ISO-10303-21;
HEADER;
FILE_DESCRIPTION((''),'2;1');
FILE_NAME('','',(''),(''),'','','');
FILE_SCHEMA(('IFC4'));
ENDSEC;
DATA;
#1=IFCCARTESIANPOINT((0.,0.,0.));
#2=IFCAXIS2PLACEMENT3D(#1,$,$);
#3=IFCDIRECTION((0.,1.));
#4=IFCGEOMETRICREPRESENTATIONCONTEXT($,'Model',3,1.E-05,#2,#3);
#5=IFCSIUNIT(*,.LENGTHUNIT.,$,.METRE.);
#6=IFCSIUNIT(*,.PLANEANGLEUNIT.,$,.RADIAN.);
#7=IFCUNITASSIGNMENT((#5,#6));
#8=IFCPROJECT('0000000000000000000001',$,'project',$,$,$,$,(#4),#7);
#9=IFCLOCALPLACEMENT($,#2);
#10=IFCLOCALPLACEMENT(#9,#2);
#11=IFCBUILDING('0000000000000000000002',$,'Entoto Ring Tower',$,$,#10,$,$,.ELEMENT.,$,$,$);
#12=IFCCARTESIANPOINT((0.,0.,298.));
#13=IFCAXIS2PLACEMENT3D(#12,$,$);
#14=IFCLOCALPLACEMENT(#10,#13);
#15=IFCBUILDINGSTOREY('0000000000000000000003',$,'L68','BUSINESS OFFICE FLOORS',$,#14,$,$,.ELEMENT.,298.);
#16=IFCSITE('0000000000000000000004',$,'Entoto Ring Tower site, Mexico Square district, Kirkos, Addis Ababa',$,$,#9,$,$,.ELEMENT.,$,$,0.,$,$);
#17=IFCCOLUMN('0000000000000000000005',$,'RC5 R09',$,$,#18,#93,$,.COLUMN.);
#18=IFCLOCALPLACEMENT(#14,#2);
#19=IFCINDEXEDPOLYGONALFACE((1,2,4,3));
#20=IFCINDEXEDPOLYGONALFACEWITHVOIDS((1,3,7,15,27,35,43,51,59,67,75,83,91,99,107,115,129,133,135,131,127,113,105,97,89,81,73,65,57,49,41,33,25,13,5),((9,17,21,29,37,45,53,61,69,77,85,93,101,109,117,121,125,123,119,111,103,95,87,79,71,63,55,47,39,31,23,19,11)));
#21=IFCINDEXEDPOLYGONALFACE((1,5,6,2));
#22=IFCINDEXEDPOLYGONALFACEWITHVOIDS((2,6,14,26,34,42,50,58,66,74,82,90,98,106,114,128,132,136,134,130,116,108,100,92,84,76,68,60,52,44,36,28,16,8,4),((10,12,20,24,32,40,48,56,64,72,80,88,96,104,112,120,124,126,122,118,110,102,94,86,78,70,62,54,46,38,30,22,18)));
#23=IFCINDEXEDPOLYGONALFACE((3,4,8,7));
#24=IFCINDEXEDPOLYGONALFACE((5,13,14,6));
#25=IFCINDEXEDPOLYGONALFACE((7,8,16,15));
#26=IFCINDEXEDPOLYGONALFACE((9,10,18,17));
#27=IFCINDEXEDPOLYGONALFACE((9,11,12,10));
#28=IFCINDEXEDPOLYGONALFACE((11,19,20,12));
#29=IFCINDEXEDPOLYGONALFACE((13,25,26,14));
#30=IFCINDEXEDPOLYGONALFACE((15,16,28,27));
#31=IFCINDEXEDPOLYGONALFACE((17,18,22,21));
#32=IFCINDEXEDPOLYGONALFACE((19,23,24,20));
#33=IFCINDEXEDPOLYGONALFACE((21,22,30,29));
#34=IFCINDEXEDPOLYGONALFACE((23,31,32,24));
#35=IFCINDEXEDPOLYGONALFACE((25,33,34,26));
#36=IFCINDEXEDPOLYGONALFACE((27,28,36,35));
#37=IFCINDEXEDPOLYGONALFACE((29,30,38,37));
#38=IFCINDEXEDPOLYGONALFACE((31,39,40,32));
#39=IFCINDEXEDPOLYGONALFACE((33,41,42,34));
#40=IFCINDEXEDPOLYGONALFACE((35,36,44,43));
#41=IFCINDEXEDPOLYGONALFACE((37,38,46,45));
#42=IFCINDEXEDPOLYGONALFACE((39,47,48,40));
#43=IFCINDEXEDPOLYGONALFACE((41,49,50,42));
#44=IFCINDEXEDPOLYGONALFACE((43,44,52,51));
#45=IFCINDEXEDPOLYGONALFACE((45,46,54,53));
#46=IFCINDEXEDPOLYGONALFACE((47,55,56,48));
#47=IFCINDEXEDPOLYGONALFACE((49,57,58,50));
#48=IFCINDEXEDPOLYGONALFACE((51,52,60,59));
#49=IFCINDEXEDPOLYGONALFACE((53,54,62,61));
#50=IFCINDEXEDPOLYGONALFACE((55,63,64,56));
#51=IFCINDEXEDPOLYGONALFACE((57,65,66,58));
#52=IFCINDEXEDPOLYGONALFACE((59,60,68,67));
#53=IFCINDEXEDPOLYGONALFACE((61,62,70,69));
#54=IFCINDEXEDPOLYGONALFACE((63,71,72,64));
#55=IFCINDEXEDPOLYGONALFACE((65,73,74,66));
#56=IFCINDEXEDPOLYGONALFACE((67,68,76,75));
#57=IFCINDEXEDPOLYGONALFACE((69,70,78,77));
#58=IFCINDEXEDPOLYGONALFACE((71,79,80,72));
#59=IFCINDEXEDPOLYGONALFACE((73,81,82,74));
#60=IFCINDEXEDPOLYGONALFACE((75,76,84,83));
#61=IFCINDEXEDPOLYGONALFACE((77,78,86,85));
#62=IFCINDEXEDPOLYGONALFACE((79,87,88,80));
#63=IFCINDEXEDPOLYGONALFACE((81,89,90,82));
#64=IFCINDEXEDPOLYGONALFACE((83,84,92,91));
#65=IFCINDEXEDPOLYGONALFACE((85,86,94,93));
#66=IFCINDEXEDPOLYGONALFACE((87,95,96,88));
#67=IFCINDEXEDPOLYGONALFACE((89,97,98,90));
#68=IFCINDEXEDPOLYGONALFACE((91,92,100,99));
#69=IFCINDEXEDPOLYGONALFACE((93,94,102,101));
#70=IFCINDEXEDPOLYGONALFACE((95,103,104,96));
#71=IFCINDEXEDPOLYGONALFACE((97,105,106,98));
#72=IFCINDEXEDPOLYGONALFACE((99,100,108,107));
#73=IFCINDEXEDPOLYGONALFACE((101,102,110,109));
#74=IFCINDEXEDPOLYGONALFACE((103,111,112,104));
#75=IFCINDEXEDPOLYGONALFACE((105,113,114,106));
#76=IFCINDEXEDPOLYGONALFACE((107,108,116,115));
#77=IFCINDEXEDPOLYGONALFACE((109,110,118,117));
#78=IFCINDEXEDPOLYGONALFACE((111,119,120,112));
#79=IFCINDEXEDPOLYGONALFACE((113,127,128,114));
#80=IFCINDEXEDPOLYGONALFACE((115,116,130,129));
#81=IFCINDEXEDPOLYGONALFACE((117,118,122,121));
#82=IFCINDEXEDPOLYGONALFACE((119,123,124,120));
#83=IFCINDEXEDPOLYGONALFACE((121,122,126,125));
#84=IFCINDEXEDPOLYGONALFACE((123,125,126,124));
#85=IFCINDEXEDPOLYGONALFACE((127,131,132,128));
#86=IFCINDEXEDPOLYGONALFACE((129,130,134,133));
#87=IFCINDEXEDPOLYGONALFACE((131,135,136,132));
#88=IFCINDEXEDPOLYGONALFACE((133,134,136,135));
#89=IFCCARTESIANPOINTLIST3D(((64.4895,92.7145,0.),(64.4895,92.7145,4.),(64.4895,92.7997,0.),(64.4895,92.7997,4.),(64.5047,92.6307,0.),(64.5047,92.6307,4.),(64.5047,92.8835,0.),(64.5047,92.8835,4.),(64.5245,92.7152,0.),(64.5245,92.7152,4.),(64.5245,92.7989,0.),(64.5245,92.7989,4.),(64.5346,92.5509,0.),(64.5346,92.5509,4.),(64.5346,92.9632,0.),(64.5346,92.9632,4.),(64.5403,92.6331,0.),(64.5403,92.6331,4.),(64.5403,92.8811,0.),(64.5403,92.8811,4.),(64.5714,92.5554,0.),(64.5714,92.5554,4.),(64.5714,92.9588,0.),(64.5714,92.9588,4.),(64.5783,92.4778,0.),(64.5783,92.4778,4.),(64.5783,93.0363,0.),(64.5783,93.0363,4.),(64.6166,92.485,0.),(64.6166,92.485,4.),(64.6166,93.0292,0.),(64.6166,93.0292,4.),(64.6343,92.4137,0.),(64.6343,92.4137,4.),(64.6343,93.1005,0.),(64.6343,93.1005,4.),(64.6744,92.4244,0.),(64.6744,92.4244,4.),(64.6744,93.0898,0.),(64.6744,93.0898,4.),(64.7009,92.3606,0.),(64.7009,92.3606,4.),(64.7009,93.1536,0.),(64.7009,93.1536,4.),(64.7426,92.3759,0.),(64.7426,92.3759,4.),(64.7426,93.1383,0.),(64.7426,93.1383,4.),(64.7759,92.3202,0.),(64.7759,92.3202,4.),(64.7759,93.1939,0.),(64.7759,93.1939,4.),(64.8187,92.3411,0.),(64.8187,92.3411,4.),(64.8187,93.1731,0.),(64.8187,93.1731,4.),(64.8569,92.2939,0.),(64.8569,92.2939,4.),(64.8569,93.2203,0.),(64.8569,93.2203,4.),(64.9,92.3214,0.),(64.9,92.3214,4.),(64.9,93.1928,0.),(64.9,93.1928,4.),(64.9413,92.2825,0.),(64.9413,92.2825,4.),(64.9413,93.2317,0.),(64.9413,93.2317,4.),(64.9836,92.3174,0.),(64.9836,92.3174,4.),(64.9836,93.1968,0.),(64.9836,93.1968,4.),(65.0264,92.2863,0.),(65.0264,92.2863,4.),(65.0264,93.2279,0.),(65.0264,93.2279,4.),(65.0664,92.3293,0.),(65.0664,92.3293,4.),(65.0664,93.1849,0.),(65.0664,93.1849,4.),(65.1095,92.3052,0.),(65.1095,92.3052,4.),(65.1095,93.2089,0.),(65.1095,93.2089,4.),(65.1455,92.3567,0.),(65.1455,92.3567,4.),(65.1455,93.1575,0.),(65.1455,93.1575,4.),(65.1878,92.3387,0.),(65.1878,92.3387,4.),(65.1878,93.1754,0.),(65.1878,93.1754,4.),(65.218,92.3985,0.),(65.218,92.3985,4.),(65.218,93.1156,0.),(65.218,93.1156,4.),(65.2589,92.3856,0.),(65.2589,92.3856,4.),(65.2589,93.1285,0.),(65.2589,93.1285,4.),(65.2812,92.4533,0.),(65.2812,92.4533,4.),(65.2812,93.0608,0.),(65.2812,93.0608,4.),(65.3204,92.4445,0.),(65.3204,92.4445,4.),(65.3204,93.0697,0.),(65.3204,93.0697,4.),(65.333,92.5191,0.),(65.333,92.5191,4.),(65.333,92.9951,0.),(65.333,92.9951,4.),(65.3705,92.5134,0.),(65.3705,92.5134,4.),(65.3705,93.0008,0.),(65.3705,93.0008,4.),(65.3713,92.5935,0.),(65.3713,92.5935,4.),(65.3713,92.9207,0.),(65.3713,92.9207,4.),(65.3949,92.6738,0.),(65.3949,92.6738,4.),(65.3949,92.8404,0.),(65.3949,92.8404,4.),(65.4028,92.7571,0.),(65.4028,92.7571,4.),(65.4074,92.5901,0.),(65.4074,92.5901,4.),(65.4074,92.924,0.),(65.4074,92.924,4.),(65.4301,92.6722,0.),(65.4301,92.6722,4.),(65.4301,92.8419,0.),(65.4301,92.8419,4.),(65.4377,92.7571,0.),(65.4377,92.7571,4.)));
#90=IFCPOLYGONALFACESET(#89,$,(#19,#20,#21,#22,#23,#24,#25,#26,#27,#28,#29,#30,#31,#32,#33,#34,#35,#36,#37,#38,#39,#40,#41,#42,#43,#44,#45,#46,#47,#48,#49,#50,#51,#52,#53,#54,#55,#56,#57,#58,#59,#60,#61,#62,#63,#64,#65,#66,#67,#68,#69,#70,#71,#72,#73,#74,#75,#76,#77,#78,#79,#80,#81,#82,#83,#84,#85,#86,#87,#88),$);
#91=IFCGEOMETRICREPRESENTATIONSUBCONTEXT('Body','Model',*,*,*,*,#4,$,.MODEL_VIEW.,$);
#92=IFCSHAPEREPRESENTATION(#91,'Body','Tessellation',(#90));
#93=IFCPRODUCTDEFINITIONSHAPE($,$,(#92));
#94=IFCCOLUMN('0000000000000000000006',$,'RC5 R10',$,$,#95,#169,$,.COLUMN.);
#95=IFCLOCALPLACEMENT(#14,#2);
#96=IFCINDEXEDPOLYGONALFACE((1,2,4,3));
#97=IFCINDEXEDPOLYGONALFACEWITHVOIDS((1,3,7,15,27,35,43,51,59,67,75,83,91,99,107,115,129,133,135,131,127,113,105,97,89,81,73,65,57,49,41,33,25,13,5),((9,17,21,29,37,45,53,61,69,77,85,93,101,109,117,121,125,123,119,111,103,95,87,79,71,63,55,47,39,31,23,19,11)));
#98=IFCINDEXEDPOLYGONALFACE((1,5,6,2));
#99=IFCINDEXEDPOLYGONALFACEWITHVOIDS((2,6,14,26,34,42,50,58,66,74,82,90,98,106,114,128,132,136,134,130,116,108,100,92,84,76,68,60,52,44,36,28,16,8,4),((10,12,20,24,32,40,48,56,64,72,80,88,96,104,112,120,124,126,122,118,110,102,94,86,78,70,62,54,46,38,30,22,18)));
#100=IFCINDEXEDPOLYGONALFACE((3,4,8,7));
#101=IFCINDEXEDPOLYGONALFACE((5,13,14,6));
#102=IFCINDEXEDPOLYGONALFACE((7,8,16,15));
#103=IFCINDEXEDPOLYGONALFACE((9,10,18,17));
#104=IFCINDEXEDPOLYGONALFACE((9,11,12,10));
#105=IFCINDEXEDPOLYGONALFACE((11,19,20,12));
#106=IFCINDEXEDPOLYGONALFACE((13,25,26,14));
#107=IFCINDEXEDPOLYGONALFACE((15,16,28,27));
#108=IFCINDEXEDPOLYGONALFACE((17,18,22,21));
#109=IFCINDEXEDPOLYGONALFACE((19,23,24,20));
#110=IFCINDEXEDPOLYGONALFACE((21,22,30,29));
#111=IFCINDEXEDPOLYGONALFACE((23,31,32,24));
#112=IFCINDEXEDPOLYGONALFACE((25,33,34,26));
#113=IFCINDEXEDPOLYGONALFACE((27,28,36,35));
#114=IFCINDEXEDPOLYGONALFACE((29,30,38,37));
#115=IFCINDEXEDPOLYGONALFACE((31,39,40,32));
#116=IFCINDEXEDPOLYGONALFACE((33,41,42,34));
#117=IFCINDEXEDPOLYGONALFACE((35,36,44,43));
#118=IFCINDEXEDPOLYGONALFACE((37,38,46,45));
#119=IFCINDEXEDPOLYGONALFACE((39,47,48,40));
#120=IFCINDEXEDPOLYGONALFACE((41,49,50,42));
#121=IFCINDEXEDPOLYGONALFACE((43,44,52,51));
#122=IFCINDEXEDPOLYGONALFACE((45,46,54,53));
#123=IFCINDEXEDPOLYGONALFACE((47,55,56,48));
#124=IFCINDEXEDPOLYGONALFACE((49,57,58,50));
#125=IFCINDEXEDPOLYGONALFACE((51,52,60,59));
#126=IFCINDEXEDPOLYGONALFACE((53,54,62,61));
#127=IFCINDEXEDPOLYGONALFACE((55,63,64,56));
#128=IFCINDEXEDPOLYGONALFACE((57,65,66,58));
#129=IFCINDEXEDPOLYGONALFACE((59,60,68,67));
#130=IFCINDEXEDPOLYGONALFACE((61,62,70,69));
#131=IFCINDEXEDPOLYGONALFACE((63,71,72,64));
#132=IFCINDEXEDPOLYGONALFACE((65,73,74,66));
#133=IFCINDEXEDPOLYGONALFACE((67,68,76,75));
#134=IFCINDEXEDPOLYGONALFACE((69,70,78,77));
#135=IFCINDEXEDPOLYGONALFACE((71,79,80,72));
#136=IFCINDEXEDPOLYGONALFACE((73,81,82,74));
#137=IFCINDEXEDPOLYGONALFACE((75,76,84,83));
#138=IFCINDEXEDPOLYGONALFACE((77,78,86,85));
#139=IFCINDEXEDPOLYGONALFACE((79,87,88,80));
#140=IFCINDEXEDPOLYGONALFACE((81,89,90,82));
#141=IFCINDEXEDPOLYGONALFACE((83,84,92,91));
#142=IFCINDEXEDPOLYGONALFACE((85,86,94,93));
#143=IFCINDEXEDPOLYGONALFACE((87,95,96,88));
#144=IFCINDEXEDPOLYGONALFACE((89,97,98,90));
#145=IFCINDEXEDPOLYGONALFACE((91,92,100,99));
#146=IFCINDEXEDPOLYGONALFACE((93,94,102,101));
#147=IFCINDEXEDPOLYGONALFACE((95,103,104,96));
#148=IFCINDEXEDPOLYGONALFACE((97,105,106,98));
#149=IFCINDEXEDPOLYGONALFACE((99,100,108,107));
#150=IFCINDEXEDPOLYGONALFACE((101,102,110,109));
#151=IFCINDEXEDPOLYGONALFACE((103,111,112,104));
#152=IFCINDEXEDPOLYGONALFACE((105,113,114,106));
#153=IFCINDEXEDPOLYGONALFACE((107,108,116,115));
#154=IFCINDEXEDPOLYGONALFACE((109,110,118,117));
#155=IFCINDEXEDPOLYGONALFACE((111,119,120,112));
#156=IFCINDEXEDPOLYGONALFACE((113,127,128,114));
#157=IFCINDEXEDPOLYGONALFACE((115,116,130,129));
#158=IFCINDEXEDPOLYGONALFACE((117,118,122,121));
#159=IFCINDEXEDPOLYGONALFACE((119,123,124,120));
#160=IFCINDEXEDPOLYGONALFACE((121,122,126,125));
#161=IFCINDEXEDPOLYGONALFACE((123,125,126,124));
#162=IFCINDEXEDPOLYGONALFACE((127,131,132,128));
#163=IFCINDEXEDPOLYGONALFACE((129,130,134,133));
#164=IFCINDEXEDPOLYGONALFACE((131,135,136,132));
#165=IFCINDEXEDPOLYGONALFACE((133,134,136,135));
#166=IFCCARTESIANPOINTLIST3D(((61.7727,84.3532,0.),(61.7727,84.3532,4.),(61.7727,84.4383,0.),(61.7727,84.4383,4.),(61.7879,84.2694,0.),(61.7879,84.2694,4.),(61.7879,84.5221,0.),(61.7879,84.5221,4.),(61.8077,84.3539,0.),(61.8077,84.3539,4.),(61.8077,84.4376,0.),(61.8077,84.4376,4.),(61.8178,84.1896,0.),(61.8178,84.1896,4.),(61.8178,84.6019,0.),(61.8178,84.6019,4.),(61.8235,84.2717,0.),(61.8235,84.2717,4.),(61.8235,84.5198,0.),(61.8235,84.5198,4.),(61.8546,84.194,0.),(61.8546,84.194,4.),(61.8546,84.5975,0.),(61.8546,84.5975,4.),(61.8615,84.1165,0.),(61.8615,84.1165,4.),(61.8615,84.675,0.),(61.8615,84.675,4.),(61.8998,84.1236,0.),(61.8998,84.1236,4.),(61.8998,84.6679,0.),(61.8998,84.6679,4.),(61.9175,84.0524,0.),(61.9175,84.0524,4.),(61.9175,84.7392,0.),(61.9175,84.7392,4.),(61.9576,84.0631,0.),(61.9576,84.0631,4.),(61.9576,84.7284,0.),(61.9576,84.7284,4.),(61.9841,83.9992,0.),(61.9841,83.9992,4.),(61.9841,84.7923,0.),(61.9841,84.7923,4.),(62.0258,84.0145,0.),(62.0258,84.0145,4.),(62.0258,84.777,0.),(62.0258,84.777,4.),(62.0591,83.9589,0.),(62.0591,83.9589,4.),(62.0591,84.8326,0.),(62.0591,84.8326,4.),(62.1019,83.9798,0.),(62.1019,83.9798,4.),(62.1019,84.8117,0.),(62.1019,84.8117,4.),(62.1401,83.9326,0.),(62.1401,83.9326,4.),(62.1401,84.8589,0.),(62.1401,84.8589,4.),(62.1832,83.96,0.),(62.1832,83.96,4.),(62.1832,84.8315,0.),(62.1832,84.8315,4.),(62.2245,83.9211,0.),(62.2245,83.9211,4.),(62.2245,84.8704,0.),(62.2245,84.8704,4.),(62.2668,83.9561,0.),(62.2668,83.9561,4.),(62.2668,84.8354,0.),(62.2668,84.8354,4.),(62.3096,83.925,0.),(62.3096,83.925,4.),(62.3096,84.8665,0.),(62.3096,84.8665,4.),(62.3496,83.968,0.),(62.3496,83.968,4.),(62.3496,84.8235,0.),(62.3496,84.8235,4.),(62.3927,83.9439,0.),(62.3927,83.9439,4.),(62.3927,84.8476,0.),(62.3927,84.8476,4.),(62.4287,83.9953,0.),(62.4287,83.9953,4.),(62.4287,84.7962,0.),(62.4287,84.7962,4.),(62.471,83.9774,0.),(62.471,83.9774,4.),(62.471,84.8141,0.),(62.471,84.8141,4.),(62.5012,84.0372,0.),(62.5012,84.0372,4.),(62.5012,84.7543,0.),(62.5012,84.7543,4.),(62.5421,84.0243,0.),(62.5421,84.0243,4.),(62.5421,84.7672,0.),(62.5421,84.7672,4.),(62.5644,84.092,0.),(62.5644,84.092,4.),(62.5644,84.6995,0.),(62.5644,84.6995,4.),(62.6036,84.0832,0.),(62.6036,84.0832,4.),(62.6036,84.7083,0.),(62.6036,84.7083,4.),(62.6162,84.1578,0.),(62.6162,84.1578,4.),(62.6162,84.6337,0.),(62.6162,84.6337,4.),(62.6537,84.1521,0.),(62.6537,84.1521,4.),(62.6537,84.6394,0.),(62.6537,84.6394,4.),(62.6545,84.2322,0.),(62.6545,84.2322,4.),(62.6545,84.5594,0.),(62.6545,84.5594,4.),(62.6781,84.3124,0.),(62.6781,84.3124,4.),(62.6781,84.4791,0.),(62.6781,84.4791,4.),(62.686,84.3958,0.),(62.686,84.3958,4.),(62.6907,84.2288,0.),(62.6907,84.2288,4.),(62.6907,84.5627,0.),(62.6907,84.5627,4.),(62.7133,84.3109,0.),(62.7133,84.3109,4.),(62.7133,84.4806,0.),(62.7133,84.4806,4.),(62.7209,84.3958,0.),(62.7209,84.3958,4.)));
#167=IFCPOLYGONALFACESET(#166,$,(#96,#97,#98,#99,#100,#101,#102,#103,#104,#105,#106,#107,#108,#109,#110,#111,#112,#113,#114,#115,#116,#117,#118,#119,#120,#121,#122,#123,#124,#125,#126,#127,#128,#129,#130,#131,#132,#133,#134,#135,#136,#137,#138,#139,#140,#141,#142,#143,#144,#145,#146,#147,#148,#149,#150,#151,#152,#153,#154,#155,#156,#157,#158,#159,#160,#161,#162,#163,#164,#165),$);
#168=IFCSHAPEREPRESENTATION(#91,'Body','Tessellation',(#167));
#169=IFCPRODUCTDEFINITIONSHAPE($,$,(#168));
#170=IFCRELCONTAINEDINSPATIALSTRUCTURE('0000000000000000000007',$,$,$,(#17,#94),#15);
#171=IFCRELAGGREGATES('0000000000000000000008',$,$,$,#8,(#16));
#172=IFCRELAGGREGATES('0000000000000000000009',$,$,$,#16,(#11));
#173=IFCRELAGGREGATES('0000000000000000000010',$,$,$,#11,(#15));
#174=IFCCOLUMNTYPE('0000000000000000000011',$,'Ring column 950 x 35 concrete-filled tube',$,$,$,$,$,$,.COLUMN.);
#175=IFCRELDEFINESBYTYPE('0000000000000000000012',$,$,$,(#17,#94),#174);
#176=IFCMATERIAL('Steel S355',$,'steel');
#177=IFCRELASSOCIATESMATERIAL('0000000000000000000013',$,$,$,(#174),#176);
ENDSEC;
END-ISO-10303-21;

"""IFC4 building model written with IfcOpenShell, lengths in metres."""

from ifc_helpers import new_model, si_unit, direction, frame, origin, origin_2d, place, context, subcontext, project, spatial, circle, hollow_circle, extrude, material, material_profile, profile_set, type_object, element, save


model = new_model("IFC4")

# Units and contexts
model_context = context("Model", 3, precision=1e-05, world=origin(), true_north=direction((0.0, 1.0)))
body_context = subcontext(model_context, "Body", "Model", "MODEL_VIEW")
ifc_project = project(units=[si_unit("LENGTHUNIT", "METRE"), si_unit("PLANEANGLEUNIT", "RADIAN")], contexts=[model_context])

# Site, building, storey
site_placement = place(None, origin())
site = spatial("IfcSite", under=ifc_project, at=site_placement, Name="Entoto Ring Tower site, Mexico Square district, Kirkos, Addis Ababa", CompositionType="ELEMENT", RefElevation=0.0)
building_placement = place(site_placement, origin())
building = spatial("IfcBuilding", under=site, at=building_placement, Name="Entoto Ring Tower", CompositionType="ELEMENT")
storey_placement = place(building_placement, frame((0.0, 0.0, 298.0)))
storey = spatial("IfcBuildingStorey", under=building, at=storey_placement, Name="L68", Description="BUSINESS OFFICE FLOORS", CompositionType="ELEMENT", Elevation=298.0)

# Columns
ifc_material_1 = material(Name="Steel S355", Category="steel")
ifc_material_profile_1 = material_profile(ifc_material_1, hollow_circle(Radius=0.4751, WallThickness=0.0349, at=origin_2d()), Name="CHS 950 x 35")
ifc_material_2 = material(Name="Concrete C60/75", Category="concrete")
ifc_material_profile_2 = material_profile(ifc_material_2, circle(Radius=0.4399, at=origin_2d()), Name="Concrete C60/75 infill")
ifc_profile_set_1 = profile_set([ifc_material_profile_1, ifc_material_profile_2], Name="Steel S355")
column_type = type_object("IfcColumnType", Name="Ring column 950 x 35 concrete-filled tube", PredefinedType="COLUMN", material=ifc_profile_set_1)
for number, where, z_axis, x_axis, name in (
    (1, (64.9626, 92.7571, 0.0), (0.0, 0.0, 1.0), (1.0, 0.0, 0.0), "RC5 R09"),
    (2, (62.2458, 84.3958, 0.0), (0.0, 0.0, 1.0), (1.0, 0.0, 0.0), "RC5 R10"),
):
    element("IfcColumn", number, at=place(storey_placement, frame(where, z_axis=z_axis, x_axis=x_axis)), inside=storey, type_object=column_type, Name=name, PredefinedType="COLUMN", context=body_context, shape_type="SweptSolid", body=[
        extrude(hollow_circle(Radius=0.4751, WallThickness=0.0349, at=origin_2d()), origin(), (0.0, 0.0, 1.0), 4.0),
    ])

save(model, "model.ifc")
